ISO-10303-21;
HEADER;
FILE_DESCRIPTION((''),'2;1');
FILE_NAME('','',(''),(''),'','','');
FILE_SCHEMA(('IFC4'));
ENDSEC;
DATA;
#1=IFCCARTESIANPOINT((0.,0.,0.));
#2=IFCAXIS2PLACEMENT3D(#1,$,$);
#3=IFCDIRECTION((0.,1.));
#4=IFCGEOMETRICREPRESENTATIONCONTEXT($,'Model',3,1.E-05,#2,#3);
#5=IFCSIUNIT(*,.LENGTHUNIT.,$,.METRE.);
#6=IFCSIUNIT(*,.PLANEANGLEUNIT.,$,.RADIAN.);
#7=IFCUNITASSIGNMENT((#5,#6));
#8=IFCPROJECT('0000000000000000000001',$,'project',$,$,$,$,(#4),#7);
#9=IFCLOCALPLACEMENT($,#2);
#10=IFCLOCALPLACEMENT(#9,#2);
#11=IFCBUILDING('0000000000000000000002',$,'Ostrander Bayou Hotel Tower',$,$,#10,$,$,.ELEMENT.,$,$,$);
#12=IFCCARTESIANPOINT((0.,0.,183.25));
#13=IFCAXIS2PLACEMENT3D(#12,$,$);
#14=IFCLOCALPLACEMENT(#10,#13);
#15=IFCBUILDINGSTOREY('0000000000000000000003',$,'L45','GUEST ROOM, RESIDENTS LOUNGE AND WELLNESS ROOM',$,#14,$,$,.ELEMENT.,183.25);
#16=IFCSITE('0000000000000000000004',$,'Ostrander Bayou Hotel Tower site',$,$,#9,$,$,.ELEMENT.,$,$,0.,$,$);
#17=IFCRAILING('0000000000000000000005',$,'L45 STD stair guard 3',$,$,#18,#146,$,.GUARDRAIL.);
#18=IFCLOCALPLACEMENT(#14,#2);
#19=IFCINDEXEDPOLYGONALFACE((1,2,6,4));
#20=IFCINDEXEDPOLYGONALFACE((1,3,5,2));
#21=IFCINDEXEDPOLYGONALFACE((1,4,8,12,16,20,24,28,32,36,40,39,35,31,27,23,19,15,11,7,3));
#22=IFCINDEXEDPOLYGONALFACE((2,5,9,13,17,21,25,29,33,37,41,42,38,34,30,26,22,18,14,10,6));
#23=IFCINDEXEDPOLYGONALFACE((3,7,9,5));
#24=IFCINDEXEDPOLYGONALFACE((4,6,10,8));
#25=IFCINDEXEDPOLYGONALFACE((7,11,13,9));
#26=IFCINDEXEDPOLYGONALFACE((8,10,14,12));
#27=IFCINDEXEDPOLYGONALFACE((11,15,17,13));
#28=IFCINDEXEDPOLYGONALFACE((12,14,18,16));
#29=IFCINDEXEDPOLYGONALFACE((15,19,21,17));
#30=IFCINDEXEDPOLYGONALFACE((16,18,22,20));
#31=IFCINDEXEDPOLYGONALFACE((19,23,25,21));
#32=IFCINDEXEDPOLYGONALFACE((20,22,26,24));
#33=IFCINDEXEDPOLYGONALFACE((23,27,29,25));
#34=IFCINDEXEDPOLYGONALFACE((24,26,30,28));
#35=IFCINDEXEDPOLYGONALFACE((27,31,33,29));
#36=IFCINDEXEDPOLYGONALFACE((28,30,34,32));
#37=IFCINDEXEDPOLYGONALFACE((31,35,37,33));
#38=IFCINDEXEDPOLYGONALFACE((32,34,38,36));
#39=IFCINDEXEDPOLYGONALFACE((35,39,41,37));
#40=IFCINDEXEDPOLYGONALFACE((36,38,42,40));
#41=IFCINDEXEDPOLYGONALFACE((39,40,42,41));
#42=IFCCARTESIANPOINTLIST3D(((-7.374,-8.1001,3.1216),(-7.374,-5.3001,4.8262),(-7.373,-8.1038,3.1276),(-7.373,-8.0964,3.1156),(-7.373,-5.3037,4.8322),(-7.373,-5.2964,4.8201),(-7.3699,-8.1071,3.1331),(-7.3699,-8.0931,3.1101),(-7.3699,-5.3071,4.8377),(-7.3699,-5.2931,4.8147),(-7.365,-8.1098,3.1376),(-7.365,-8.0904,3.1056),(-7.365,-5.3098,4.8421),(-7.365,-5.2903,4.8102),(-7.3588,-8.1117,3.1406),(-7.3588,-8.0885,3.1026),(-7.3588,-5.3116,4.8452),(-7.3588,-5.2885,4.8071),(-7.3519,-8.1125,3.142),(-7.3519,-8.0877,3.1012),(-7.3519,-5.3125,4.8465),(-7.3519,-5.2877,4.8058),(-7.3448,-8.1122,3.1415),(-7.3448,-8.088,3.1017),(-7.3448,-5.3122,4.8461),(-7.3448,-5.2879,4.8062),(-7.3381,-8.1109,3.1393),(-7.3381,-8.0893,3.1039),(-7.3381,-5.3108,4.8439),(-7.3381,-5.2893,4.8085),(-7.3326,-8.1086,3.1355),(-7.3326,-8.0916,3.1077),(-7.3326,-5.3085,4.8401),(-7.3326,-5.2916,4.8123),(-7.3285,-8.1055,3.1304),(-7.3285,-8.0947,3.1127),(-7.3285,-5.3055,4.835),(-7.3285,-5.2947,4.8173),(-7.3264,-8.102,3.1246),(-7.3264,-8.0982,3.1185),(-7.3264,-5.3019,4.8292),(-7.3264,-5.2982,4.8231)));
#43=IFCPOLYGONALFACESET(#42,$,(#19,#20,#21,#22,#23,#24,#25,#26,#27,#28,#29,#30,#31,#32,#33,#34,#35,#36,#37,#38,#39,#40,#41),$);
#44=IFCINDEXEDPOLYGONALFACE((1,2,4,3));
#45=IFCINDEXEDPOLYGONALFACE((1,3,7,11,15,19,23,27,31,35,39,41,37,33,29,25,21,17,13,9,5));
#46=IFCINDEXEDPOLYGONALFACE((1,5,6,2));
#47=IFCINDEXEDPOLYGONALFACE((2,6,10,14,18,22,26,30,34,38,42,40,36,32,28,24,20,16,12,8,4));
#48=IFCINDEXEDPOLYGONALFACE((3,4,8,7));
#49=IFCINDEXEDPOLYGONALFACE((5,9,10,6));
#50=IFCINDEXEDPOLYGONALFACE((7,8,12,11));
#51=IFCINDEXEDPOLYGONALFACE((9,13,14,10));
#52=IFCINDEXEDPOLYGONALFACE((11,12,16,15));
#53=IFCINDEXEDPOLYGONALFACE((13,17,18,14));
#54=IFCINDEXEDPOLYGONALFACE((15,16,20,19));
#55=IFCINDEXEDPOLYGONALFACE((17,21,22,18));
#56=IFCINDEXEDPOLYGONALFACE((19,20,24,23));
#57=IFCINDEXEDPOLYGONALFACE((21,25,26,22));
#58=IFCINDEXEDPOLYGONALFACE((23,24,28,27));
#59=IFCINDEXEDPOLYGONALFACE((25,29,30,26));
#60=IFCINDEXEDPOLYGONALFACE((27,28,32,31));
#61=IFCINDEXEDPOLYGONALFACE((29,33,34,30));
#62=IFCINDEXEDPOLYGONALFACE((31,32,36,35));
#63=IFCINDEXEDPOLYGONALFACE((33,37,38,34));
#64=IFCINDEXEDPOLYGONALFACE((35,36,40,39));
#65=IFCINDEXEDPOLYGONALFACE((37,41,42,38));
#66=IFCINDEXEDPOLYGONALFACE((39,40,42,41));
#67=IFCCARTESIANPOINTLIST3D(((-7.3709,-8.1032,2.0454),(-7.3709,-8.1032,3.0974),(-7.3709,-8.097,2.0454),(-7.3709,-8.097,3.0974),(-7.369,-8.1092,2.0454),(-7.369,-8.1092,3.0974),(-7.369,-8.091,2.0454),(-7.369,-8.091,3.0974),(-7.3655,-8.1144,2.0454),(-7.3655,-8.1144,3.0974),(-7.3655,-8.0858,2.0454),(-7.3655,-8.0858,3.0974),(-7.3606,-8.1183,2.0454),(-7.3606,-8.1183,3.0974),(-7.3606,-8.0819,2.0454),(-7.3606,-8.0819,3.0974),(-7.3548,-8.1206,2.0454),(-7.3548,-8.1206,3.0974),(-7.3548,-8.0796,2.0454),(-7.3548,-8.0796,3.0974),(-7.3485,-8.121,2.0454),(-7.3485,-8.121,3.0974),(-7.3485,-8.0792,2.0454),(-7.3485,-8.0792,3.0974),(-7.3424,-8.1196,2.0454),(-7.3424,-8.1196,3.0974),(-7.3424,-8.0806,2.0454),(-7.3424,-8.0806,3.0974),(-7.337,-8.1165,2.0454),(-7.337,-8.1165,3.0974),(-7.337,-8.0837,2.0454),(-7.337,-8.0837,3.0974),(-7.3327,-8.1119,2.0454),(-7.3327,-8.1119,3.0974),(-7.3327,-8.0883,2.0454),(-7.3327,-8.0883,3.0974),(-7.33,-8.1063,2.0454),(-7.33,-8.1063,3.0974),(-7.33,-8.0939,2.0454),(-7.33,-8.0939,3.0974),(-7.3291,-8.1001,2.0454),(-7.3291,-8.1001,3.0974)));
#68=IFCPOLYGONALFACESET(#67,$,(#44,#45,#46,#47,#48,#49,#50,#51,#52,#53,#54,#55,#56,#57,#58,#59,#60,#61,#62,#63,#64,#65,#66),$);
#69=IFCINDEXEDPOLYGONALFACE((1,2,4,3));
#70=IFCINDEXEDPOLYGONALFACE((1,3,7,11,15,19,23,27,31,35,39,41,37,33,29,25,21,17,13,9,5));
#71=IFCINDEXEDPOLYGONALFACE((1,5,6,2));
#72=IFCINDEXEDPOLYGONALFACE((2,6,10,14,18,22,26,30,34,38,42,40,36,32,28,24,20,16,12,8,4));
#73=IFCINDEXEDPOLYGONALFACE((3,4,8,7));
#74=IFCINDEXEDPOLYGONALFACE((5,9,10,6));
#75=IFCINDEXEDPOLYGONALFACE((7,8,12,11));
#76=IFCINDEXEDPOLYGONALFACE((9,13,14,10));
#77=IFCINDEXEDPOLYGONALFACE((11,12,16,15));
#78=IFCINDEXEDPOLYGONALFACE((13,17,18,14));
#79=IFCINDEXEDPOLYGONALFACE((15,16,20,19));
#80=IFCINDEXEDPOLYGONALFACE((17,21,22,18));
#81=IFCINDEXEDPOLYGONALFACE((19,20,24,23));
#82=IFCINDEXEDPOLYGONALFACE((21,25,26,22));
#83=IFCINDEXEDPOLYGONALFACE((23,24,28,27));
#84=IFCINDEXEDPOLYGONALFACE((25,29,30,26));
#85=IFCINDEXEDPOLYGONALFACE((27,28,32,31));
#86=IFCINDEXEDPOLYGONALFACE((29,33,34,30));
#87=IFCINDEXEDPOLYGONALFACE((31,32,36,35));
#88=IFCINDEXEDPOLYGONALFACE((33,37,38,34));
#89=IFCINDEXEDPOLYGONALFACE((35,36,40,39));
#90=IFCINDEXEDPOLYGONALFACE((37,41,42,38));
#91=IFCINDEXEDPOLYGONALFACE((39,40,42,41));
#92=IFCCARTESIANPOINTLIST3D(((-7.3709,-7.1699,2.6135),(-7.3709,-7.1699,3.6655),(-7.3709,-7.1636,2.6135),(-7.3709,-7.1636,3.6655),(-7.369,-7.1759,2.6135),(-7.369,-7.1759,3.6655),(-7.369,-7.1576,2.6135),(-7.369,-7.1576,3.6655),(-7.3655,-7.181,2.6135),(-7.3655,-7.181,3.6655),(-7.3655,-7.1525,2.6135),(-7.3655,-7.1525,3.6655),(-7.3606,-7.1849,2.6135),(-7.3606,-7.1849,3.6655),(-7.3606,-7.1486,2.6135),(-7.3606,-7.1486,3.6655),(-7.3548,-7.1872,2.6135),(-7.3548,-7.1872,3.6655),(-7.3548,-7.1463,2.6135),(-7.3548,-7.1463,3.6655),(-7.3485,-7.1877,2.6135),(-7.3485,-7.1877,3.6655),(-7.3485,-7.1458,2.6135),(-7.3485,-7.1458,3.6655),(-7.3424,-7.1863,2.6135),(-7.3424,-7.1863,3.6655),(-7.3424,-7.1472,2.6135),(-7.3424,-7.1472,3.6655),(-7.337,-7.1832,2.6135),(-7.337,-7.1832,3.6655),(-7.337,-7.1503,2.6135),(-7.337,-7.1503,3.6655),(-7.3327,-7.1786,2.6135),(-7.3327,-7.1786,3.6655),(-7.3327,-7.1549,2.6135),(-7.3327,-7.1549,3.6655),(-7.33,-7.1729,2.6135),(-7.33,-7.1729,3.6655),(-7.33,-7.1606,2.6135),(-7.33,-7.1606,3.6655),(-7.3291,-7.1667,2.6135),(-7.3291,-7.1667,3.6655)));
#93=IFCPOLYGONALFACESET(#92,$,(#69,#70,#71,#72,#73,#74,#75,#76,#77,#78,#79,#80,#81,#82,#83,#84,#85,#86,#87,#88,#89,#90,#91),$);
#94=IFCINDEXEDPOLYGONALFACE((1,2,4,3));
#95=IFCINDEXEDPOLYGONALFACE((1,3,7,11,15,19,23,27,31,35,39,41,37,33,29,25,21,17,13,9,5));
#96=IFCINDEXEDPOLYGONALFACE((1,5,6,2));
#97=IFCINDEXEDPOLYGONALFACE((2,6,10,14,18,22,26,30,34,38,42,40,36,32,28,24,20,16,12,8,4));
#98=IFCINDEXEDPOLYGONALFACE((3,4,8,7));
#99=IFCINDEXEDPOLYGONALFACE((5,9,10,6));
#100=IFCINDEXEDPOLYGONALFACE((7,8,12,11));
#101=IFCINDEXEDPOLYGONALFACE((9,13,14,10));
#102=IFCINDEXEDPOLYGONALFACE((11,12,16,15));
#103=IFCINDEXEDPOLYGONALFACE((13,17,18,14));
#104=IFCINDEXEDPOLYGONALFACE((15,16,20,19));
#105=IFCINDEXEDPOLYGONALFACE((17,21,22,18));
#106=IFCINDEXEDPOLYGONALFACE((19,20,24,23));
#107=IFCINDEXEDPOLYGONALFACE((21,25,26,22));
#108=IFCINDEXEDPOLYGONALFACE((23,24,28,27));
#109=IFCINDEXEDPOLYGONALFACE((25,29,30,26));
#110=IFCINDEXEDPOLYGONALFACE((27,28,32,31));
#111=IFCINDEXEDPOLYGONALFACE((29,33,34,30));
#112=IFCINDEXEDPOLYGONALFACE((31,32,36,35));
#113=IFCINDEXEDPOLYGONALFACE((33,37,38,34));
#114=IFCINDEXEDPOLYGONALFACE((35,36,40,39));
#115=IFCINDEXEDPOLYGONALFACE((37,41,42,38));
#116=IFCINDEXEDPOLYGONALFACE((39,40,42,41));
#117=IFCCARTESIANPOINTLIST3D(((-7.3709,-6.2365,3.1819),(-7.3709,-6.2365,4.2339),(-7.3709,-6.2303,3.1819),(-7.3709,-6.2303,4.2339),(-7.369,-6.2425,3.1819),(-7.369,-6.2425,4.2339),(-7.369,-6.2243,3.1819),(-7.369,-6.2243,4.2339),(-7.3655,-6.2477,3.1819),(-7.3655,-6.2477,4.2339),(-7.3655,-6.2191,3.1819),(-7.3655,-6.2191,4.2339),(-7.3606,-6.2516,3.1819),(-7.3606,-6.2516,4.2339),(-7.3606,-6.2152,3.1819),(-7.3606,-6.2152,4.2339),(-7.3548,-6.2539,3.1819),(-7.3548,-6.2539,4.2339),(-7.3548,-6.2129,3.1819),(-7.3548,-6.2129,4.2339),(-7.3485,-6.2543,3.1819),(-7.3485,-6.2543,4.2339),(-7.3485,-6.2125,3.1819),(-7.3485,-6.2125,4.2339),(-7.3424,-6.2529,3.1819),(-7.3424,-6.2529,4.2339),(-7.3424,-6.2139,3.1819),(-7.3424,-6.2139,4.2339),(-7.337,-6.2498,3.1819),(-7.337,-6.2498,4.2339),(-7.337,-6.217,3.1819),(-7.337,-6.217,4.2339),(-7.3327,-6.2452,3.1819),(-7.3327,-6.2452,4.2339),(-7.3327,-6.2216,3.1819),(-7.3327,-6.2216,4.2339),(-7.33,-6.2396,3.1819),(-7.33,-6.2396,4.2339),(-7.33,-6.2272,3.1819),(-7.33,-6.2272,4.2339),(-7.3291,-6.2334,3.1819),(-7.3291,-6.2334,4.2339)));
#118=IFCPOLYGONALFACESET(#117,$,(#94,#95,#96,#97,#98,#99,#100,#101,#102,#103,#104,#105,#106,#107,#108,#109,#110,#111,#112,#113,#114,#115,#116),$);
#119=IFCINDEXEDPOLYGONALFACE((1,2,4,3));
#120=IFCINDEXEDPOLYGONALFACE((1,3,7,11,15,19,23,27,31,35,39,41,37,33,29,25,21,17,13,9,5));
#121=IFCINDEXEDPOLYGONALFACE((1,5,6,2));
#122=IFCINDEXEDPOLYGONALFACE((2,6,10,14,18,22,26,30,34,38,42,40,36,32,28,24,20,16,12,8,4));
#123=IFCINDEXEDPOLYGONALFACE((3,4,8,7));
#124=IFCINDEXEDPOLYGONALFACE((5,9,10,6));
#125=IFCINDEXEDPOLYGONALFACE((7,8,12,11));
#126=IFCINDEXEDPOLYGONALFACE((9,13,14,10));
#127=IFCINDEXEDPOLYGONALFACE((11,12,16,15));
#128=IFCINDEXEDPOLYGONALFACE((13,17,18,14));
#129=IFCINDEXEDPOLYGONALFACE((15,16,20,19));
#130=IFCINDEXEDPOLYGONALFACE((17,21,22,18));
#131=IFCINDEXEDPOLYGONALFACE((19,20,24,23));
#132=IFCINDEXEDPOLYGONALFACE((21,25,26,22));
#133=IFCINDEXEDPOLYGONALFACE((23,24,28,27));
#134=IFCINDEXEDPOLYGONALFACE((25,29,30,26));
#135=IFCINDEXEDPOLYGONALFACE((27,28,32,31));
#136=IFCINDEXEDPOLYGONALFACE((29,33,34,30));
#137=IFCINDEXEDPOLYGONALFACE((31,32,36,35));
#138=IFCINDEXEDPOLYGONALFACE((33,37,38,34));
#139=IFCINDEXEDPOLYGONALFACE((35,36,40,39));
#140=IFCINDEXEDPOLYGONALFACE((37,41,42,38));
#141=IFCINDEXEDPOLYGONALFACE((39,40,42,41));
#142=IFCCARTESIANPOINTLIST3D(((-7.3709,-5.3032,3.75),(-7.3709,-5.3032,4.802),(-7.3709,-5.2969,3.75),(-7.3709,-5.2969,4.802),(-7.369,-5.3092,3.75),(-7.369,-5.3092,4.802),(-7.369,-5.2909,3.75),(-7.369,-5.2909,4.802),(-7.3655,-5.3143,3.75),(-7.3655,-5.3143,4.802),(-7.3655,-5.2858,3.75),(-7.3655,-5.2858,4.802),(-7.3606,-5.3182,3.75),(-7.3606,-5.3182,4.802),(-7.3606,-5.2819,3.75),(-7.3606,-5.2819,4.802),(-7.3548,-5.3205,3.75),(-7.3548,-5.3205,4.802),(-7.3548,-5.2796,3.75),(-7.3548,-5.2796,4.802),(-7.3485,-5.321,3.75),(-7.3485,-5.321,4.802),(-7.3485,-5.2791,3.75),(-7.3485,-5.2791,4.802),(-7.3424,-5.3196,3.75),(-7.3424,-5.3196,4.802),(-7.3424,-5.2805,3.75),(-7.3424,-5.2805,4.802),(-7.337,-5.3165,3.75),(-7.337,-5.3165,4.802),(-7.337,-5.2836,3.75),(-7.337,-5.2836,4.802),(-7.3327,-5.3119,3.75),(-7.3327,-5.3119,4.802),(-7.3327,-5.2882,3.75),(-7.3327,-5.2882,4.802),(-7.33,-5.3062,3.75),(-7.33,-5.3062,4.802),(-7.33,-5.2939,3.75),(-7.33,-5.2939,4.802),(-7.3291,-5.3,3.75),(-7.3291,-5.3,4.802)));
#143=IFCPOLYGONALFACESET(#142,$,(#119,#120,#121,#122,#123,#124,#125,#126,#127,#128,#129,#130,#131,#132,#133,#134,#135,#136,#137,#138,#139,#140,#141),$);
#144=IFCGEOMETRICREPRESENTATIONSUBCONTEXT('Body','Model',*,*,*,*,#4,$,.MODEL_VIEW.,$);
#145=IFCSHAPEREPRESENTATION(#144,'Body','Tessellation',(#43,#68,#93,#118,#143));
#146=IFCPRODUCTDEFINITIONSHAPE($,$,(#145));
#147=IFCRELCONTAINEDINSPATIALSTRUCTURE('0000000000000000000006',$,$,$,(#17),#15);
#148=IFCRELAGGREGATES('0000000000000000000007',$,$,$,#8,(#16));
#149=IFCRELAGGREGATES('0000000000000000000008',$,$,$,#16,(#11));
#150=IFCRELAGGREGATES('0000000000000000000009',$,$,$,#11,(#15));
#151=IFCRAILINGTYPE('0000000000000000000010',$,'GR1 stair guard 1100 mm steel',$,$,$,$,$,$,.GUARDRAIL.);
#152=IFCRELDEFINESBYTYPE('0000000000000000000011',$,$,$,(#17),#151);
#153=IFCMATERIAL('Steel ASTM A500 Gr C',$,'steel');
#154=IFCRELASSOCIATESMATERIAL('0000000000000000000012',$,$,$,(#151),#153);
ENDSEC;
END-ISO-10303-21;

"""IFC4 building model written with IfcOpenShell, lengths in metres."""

from ifc_helpers import new_model, si_unit, direction, frame, origin, origin_2d, place, context, subcontext, project, spatial, circle, extrude, material, type_object, element, save


model = new_model("IFC4")

# Units and contexts
model_context = context("Model", 3, precision=1e-05, world=origin(), true_north=direction((0.0, 1.0)))
body_context = subcontext(model_context, "Body", "Model", "MODEL_VIEW")
ifc_project = project(units=[si_unit("LENGTHUNIT", "METRE"), si_unit("PLANEANGLEUNIT", "RADIAN")], contexts=[model_context])

# Site, building, storey
site_placement = place(None, origin())
site = spatial("IfcSite", under=ifc_project, at=site_placement, Name="Ostrander Bayou Hotel Tower site", CompositionType="ELEMENT", RefElevation=0.0)
building_placement = place(site_placement, origin())
building = spatial("IfcBuilding", under=site, at=building_placement, Name="Ostrander Bayou Hotel Tower", CompositionType="ELEMENT")
storey_placement = place(building_placement, frame((0.0, 0.0, 183.25)))
storey = spatial("IfcBuildingStorey", under=building, at=storey_placement, Name="L45", Description="GUEST ROOM, RESIDENTS LOUNGE AND WELLNESS ROOM", CompositionType="ELEMENT", Elevation=183.25)

# Railing
ifc_material_1 = material(Name="Steel ASTM A500 Gr C", Category="steel")
railing_type = type_object("IfcRailingType", Name="GR1 stair guard 1100 mm steel", PredefinedType="GUARDRAIL", material=ifc_material_1)
railing_1_placement = place(storey_placement, frame((-7.3501, -8.1001, 2.0454)))
element("IfcRailing", 1, at=railing_1_placement, inside=storey, type_object=railing_type, Name="L45 STD stair guard 3", PredefinedType="GUARDRAIL", context=body_context, shape_type="SweptSolid", body=[
    extrude(circle(Radius=0.0239, at=origin_2d()), frame((0.0, 0.0, 1.0762), z_axis=(0.0, 0.85417, 0.519994), x_axis=(-1.0, 0.0, 0.0)), (0.0, 0.0, 1.0), 3.2781),
    extrude(circle(Radius=0.021, at=origin_2d()), origin(), (0.0, 0.0, 1.0), 1.052),
    extrude(circle(Radius=0.021, at=origin_2d()), frame((0.0, 0.9333, 0.5681)), (0.0, 0.0, 1.0), 1.052),
    extrude(circle(Radius=0.021, at=origin_2d()), frame((0.0, 1.8667, 1.1365)), (0.0, 0.0, 1.0), 1.052),
    extrude(circle(Radius=0.021, at=origin_2d()), frame((0.0, 2.8, 1.7046)), (0.0, 0.0, 1.0), 1.052),
])

save(model, "model.ifc")
